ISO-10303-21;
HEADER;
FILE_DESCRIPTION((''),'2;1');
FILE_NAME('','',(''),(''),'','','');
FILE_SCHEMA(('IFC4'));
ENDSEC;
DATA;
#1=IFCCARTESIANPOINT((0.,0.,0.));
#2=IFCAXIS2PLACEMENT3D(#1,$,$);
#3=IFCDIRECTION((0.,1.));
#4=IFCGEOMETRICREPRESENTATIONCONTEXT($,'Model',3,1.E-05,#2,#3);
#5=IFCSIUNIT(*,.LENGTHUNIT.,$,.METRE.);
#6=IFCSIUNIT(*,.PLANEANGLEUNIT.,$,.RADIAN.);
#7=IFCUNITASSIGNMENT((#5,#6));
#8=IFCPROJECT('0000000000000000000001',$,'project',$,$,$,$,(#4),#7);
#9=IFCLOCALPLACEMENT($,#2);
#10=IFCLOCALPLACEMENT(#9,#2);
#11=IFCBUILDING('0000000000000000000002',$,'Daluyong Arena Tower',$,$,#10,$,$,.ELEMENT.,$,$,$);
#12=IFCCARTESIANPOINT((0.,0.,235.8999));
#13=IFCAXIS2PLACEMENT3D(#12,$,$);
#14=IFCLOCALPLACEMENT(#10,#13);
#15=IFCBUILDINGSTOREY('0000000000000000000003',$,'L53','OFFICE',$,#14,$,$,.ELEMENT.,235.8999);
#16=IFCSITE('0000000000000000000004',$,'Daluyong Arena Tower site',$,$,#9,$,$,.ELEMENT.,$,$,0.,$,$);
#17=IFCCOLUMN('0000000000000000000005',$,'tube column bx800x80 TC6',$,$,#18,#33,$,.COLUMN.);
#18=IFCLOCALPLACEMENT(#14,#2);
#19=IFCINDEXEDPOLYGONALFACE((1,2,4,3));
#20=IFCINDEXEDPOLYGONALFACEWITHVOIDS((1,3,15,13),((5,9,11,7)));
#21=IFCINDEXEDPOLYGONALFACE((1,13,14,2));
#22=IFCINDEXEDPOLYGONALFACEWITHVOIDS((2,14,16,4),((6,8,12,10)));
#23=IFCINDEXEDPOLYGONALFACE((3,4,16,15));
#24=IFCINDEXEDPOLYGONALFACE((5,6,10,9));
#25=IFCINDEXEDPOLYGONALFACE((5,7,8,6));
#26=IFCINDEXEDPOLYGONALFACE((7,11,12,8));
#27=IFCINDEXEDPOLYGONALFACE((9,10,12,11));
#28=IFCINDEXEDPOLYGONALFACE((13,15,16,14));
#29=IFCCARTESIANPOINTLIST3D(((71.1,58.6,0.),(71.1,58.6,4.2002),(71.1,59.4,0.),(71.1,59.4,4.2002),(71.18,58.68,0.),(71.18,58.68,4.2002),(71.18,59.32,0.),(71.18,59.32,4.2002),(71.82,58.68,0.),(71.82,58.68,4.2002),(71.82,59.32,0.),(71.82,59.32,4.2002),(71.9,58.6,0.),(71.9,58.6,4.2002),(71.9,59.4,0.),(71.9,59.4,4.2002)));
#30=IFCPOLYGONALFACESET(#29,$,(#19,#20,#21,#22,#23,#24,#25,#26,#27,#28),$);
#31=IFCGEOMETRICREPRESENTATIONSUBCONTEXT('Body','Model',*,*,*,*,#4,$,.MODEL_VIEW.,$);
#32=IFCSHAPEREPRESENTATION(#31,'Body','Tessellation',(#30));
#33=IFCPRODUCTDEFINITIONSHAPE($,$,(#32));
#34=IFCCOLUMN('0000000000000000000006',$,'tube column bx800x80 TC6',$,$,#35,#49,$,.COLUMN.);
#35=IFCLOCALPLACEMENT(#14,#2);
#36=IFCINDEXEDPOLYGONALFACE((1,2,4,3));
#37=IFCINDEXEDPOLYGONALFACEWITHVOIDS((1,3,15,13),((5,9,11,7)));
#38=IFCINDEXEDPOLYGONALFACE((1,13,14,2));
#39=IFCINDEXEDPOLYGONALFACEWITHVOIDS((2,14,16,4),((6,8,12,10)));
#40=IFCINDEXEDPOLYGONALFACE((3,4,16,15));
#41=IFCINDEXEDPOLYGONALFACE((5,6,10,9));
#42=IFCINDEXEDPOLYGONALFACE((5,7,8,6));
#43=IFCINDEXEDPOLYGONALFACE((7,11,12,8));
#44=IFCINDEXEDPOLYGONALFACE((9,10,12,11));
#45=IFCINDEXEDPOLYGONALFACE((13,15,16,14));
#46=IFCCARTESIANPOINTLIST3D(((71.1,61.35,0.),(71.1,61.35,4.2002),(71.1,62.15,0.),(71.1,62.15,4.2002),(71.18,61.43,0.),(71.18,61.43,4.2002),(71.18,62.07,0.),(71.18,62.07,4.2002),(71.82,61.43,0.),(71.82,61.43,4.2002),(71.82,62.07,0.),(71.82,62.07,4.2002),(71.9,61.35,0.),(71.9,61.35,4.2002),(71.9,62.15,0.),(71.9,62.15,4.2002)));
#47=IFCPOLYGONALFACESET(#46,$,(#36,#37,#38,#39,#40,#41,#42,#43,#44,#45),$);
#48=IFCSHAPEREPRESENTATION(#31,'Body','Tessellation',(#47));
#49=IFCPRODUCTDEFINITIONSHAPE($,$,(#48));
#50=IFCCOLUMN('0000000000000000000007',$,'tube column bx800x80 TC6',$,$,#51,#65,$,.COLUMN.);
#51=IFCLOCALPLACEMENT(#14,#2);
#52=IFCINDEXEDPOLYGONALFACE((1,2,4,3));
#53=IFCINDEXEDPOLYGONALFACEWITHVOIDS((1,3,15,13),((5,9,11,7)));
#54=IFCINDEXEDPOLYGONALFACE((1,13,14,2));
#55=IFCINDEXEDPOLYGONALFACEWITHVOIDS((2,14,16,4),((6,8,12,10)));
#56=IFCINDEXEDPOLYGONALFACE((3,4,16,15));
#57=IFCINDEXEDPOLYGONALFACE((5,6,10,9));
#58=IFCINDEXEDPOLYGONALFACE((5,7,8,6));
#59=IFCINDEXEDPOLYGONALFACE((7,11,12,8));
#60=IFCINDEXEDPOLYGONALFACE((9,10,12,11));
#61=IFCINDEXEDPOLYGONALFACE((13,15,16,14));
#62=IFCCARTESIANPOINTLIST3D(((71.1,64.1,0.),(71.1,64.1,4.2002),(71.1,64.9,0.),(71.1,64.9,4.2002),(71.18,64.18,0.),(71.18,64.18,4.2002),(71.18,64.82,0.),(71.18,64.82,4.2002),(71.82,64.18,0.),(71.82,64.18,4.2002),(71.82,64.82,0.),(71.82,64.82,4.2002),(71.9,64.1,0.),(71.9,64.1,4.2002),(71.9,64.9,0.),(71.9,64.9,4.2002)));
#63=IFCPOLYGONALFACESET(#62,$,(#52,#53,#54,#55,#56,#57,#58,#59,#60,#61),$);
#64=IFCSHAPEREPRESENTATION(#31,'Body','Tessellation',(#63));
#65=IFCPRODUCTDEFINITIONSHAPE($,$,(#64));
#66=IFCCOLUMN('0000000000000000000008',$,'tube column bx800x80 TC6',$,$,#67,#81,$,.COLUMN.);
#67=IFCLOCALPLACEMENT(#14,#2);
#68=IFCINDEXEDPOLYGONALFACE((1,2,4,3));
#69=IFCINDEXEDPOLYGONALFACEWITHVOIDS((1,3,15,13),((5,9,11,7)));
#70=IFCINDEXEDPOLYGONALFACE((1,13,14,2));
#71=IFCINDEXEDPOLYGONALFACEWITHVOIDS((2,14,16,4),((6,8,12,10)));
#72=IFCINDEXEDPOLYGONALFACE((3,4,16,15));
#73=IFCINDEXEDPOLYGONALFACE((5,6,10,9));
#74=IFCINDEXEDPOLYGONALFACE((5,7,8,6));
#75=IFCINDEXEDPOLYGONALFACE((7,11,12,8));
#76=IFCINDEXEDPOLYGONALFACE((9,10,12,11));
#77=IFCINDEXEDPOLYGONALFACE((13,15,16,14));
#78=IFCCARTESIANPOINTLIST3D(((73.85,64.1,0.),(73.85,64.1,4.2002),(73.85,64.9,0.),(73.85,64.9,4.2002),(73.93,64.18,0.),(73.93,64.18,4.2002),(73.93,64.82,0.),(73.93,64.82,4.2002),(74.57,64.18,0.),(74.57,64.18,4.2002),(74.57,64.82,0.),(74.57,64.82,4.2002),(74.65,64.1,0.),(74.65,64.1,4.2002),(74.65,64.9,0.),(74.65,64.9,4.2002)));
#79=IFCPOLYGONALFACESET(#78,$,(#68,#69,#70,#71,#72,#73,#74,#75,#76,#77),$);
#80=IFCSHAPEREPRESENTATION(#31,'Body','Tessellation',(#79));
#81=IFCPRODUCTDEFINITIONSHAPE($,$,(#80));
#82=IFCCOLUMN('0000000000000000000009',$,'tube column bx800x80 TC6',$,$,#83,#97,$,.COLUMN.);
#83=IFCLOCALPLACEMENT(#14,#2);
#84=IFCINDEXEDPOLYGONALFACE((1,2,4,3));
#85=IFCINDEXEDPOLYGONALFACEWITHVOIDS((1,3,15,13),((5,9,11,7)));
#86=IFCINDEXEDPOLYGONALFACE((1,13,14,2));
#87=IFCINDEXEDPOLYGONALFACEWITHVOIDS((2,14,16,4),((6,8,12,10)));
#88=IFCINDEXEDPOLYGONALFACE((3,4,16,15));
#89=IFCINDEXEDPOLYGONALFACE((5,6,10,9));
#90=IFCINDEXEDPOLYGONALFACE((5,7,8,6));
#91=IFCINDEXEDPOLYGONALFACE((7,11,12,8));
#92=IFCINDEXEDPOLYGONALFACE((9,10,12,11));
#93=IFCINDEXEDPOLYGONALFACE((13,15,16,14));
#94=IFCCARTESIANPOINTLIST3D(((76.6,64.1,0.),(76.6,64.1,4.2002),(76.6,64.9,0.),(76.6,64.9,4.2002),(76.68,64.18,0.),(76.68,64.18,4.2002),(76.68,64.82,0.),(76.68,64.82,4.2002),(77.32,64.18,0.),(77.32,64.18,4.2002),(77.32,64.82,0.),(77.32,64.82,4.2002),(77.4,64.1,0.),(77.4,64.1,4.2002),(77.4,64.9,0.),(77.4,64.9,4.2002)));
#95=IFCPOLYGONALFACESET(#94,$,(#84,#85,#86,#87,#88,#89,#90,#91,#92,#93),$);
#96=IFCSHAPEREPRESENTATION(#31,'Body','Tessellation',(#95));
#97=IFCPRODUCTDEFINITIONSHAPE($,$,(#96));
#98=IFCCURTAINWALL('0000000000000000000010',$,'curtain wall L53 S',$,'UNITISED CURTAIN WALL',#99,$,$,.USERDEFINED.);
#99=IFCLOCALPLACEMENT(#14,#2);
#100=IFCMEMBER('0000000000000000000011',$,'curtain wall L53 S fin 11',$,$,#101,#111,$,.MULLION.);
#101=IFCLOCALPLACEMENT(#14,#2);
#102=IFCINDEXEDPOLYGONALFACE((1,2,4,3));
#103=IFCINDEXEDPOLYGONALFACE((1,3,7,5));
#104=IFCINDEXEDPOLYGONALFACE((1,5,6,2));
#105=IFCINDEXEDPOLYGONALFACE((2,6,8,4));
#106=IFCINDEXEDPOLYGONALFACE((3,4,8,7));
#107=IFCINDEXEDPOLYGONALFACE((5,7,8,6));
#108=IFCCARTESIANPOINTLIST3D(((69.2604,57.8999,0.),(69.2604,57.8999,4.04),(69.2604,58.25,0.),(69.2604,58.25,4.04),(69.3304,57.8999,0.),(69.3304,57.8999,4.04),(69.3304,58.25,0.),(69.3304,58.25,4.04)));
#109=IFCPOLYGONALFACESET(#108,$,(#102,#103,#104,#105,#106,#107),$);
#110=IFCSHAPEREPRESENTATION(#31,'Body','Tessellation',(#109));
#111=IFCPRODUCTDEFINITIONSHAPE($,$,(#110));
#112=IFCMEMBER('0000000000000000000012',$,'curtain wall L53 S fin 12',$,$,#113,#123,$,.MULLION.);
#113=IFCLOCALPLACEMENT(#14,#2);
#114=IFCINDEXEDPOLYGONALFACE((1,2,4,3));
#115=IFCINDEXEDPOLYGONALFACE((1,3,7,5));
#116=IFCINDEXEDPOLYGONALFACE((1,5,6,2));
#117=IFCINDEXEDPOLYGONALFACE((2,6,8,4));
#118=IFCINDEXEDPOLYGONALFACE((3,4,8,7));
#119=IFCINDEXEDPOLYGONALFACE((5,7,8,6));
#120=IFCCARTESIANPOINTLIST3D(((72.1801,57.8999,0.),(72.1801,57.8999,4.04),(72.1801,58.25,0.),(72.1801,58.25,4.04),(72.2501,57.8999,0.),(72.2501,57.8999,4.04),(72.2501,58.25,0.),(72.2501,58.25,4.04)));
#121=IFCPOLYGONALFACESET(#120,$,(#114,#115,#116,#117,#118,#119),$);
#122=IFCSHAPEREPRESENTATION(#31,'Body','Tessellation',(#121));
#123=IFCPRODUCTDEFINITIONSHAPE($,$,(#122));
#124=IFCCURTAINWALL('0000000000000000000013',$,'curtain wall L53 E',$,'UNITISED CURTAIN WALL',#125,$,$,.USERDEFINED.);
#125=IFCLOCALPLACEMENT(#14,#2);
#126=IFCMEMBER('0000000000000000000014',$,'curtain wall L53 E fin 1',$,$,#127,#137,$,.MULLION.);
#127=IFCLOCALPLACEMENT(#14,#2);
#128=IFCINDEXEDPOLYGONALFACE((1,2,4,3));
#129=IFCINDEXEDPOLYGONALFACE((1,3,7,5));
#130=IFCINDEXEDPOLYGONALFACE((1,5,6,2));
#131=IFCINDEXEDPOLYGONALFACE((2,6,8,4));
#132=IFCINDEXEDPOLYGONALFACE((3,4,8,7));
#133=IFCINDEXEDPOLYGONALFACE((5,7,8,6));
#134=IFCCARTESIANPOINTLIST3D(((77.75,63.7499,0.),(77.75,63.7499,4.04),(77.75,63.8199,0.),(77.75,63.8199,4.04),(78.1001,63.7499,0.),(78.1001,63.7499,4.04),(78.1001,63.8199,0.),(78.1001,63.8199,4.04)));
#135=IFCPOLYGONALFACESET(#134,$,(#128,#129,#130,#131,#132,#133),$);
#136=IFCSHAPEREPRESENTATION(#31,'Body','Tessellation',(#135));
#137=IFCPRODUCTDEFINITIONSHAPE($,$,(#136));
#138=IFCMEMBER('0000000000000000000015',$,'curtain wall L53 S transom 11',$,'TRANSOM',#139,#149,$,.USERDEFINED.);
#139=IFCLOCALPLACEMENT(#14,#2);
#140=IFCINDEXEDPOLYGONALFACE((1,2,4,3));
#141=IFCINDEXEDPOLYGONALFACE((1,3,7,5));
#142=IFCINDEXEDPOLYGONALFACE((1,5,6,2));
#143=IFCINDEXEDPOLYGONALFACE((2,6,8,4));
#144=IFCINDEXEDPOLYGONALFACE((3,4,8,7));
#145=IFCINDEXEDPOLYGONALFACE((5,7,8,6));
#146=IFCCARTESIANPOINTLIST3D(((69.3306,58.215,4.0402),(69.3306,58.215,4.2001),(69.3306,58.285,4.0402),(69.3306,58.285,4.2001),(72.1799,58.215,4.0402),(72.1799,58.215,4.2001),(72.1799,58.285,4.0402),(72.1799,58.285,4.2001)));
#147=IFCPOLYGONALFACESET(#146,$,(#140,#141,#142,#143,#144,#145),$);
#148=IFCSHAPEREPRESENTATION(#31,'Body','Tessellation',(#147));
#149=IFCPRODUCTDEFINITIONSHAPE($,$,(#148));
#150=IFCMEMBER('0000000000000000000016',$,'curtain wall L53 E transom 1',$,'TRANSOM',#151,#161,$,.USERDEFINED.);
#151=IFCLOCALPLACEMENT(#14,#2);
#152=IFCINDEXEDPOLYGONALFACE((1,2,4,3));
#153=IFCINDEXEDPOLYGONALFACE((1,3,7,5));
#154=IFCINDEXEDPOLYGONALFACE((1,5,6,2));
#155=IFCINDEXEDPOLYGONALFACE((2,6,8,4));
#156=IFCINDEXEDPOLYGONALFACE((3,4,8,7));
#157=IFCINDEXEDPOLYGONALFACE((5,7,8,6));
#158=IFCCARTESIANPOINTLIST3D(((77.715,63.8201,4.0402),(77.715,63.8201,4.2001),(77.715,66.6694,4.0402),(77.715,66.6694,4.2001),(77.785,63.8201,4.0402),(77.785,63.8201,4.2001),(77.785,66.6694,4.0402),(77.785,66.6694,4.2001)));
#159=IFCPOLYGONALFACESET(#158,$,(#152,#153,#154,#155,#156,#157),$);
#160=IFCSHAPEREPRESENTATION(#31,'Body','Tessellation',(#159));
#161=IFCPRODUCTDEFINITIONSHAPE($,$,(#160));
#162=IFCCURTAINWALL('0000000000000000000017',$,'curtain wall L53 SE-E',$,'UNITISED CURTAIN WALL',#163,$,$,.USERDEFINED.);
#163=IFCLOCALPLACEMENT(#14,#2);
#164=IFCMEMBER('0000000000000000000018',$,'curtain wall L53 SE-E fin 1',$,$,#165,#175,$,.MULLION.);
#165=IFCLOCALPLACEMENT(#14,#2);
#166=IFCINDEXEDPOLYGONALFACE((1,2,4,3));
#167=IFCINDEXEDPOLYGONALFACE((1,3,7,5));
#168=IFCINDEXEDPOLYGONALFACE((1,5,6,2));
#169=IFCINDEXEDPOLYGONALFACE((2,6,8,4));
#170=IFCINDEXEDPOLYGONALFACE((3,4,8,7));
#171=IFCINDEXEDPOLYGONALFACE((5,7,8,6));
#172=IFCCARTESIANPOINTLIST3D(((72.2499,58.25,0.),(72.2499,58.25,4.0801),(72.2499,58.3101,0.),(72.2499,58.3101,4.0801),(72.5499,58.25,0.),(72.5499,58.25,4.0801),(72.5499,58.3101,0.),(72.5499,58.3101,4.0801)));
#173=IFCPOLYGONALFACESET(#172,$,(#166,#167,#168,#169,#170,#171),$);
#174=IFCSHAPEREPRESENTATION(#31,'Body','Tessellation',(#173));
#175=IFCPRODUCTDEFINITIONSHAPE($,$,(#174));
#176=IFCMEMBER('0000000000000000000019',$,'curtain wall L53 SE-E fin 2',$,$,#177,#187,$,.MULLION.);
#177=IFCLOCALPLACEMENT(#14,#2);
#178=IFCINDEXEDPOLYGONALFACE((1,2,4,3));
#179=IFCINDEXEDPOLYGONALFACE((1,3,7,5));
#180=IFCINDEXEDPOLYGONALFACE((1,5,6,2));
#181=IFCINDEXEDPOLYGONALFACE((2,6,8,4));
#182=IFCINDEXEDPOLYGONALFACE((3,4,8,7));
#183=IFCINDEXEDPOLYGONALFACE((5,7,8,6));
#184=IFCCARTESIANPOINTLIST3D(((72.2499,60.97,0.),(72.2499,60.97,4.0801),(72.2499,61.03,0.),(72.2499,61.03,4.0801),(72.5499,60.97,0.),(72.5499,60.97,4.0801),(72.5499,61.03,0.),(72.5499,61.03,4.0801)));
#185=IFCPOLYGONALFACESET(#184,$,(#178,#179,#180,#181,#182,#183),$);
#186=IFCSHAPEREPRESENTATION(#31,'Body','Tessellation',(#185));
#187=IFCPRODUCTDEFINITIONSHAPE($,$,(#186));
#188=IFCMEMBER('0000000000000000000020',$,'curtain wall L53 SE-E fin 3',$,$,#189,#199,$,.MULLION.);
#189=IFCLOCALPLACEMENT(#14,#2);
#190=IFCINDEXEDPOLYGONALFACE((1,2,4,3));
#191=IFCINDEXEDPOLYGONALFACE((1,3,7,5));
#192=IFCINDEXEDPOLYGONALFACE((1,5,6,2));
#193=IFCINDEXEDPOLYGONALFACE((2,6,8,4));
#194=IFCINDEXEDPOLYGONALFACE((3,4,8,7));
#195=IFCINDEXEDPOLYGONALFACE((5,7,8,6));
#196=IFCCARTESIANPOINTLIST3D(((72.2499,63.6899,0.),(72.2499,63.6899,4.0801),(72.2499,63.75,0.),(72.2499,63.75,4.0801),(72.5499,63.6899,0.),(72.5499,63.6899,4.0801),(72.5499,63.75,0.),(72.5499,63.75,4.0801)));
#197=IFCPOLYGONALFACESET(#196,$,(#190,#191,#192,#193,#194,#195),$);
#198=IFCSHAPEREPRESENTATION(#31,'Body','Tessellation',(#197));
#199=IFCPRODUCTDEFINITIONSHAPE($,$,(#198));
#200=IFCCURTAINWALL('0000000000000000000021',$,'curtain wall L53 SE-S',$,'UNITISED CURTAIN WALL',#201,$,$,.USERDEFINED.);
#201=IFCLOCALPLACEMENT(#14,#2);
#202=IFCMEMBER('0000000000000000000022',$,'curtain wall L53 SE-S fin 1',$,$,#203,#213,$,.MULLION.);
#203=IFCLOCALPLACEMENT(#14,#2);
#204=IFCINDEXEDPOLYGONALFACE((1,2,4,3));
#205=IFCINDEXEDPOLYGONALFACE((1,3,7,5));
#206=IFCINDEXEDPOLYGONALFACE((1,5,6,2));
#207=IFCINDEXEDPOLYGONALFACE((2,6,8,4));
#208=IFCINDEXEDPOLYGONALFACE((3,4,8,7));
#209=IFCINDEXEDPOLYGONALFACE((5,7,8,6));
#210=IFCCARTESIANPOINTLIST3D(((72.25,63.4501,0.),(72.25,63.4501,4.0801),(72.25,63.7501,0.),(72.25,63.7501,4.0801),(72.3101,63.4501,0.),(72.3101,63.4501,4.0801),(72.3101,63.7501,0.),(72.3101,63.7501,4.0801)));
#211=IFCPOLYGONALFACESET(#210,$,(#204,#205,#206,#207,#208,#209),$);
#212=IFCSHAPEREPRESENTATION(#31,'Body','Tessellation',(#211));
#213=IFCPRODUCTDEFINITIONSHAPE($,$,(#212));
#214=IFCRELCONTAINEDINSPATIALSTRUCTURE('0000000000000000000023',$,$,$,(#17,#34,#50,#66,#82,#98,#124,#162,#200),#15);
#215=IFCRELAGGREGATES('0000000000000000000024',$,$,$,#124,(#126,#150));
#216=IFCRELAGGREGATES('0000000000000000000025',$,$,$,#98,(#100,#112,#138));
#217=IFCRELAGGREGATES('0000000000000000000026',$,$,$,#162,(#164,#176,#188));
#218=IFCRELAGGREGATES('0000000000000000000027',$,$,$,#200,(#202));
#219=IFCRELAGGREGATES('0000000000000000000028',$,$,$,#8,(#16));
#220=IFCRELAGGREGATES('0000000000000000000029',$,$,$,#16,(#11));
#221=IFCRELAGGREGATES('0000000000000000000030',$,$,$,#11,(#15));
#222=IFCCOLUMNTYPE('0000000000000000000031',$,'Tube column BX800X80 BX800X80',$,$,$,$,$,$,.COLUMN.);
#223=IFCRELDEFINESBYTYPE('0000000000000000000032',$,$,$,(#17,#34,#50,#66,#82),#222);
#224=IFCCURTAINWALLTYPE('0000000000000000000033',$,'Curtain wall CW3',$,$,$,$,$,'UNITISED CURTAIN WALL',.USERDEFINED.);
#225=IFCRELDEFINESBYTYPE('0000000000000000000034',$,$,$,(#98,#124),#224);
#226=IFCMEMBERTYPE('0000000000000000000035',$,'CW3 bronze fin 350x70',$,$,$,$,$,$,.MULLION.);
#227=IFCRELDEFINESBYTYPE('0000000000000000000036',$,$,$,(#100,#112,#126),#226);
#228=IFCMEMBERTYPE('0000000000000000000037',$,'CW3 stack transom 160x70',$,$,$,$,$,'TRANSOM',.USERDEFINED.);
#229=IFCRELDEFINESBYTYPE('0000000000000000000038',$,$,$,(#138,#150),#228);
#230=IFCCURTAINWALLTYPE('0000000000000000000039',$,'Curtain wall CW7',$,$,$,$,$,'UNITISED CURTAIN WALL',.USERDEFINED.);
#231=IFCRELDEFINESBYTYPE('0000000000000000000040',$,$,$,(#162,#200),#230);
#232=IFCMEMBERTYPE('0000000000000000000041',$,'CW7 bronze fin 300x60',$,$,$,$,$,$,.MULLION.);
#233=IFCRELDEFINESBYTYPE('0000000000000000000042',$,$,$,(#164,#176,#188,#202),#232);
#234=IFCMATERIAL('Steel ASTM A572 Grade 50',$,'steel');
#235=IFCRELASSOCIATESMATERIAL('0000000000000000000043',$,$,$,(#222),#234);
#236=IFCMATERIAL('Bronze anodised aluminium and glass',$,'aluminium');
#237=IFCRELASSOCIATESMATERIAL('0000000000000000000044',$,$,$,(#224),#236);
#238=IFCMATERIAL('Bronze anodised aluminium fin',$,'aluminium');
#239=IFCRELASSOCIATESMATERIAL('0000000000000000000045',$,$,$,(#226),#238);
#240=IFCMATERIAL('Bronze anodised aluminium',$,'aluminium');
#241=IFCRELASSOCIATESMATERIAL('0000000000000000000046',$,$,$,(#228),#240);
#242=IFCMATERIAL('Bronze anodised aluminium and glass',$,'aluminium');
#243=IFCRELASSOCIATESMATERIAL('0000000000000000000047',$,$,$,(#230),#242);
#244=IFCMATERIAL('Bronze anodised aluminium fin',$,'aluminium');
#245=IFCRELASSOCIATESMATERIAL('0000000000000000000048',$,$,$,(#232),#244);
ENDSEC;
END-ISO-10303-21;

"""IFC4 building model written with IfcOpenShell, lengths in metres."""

from ifc_helpers import new_model, si_unit, direction, frame, origin, origin_2d, place, context, subcontext, project, spatial, rectangle, hollow_rectangle, extrude, material, material_profile, profile_set, type_object, element, aggregate, save


model = new_model("IFC4")

# Units and contexts
model_context = context("Model", 3, precision=1e-05, world=origin(), true_north=direction((0.0, 1.0)))
body_context = subcontext(model_context, "Body", "Model", "MODEL_VIEW")
ifc_project = project(units=[si_unit("LENGTHUNIT", "METRE"), si_unit("PLANEANGLEUNIT", "RADIAN")], contexts=[model_context])

# Site, building, storey
site_placement = place(None, origin())
site = spatial("IfcSite", under=ifc_project, at=site_placement, Name="Daluyong Arena Tower site", CompositionType="ELEMENT", RefElevation=0.0)
building_placement = place(site_placement, origin())
building = spatial("IfcBuilding", under=site, at=building_placement, Name="Daluyong Arena Tower", CompositionType="ELEMENT")
storey_placement = place(building_placement, frame((0.0, 0.0, 235.8999)))
storey = spatial("IfcBuildingStorey", under=building, at=storey_placement, Name="L53", Description="OFFICE", CompositionType="ELEMENT", Elevation=235.8999)

# Columns
ifc_material_1 = material(Name="Steel ASTM A572 Grade 50", Category="steel")
ifc_material_profile_1 = material_profile(ifc_material_1, hollow_rectangle(XDim=0.8, YDim=0.8, WallThickness=0.08, at=origin_2d()))
ifc_profile_set_1 = profile_set([ifc_material_profile_1], Name="Steel ASTM A572 Grade 50")
column_type = type_object("IfcColumnType", Name="Tube column BX800X80 BX800X80", PredefinedType="COLUMN", material=ifc_profile_set_1)
for number, where, z_axis, x_axis, name in (
    (1, (71.5, 59.0, 0.0), (0.0, 0.0, 1.0), (0.0, 1.0, 0.0), "tube column bx800x80 TC6"),
    (2, (71.5, 61.75, 0.0), (0.0, 0.0, 1.0), (0.0, 1.0, 0.0), "tube column bx800x80 TC6"),
    (3, (71.5, 64.5, 0.0), (0.0, 0.0, 1.0), (1.0, 0.0, 0.0), "tube column bx800x80 TC6"),
    (4, (74.25, 64.5, 0.0), (0.0, 0.0, 1.0), (1.0, 0.0, 0.0), "tube column bx800x80 TC6"),
    (5, (77.0, 64.5, 0.0), (0.0, 0.0, 1.0), (0.0, 1.0, 0.0), "tube column bx800x80 TC6"),
):
    element("IfcColumn", number, at=place(storey_placement, frame(where, z_axis=z_axis, x_axis=x_axis)), inside=storey, type_object=column_type, Name=name, PredefinedType="COLUMN", context=body_context, shape_type="SweptSolid", body=[
        extrude(hollow_rectangle(XDim=0.8, YDim=0.8, WallThickness=0.08, at=origin_2d()), origin(), (0.0, 0.0, 1.0), 4.2002),
    ])

# Curtain wall, members
ifc_material_2 = material(Name="Bronze anodised aluminium and glass", Category="aluminium")
curtain_wall_type_1 = type_object("IfcCurtainWallType", Name="Curtain wall CW3", ElementType="UNITISED CURTAIN WALL", PredefinedType="USERDEFINED", material=ifc_material_2)
curtain_wall_1_placement = place(storey_placement, origin())
curtain_wall_1 = element("IfcCurtainWall", 6, at=curtain_wall_1_placement, inside=storey, type_object=curtain_wall_type_1, Name="curtain wall L53 S", ObjectType="UNITISED CURTAIN WALL", PredefinedType="USERDEFINED")
ifc_material_3 = material(Name="Bronze anodised aluminium fin", Category="aluminium")
ifc_material_profile_2 = material_profile(ifc_material_3, rectangle(XDim=0.3501, YDim=0.0701, at=origin_2d()))
ifc_profile_set_2 = profile_set([ifc_material_profile_2], Name="Bronze anodised aluminium fin")
member_type_1 = type_object("IfcMemberType", Name="CW3 bronze fin 350x70", PredefinedType="MULLION", material=ifc_profile_set_2)
member_1_placement = place(storey_placement, frame((69.2954, 58.075, 0.0), z_axis=(0.0, 0.0, 1.0), x_axis=(0.0, 1.0, 0.0)))
member_1 = element("IfcMember", 7, at=member_1_placement, type_object=member_type_1, Name="curtain wall L53 S fin 11", PredefinedType="MULLION", context=body_context, shape_type="SweptSolid", body=[
    extrude(rectangle(XDim=0.3501, YDim=0.0701, at=origin_2d()), origin(), (0.0, 0.0, 1.0), 4.04),
])
member_2_placement = place(storey_placement, frame((72.2151, 58.075, 0.0), z_axis=(0.0, 0.0, 1.0), x_axis=(0.0, 1.0, 0.0)))
member_2 = element("IfcMember", 8, at=member_2_placement, type_object=member_type_1, Name="curtain wall L53 S fin 12", PredefinedType="MULLION", context=body_context, shape_type="SweptSolid", body=[
    extrude(rectangle(XDim=0.3501, YDim=0.0701, at=origin_2d()), origin(), (0.0, 0.0, 1.0), 4.04),
])

# Curtain wall, member
curtain_wall_2_placement = place(storey_placement, origin())
curtain_wall_2 = element("IfcCurtainWall", 9, at=curtain_wall_2_placement, inside=storey, type_object=curtain_wall_type_1, Name="curtain wall L53 E", ObjectType="UNITISED CURTAIN WALL", PredefinedType="USERDEFINED")
member_3_placement = place(storey_placement, frame((77.925, 63.7849, 0.0), z_axis=(0.0, 0.0, 1.0), x_axis=(-1.0, 0.0, 0.0)))
member_3 = element("IfcMember", 10, at=member_3_placement, type_object=member_type_1, Name="curtain wall L53 E fin 1", PredefinedType="MULLION", context=body_context, shape_type="SweptSolid", body=[
    extrude(rectangle(XDim=0.3501, YDim=0.0701, at=origin_2d()), origin(), (0.0, 0.0, 1.0), 4.04),
])

# Members
ifc_material_4 = material(Name="Bronze anodised aluminium", Category="aluminium")
ifc_material_profile_3 = material_profile(ifc_material_4, rectangle(XDim=0.0701, YDim=0.1599, at=origin_2d()))
ifc_profile_set_3 = profile_set([ifc_material_profile_3], Name="Bronze anodised aluminium")
member_type_2 = type_object("IfcMemberType", Name="CW3 stack transom 160x70", ElementType="TRANSOM", PredefinedType="USERDEFINED", material=ifc_profile_set_3)
member_4_placement = place(storey_placement, frame((69.3306, 58.25, 4.1201), z_axis=(1.0, 0.0, 0.0), x_axis=(0.0, 1.0, 0.0)))
member_4 = element("IfcMember", 11, at=member_4_placement, type_object=member_type_2, Name="curtain wall L53 S transom 11", ObjectType="TRANSOM", PredefinedType="USERDEFINED", context=body_context, shape_type="SweptSolid", body=[
    extrude(rectangle(XDim=0.0701, YDim=0.1599, at=origin_2d()), origin(), (0.0, 0.0, 1.0), 2.8494),
])
member_5_placement = place(storey_placement, frame((77.75, 63.8201, 4.1201), z_axis=(0.0, 1.0, 0.0), x_axis=(-1.0, 0.0, 0.0)))
member_5 = element("IfcMember", 12, at=member_5_placement, type_object=member_type_2, Name="curtain wall L53 E transom 1", ObjectType="TRANSOM", PredefinedType="USERDEFINED", context=body_context, shape_type="SweptSolid", body=[
    extrude(rectangle(XDim=0.0701, YDim=0.1599, at=origin_2d()), origin(), (0.0, 0.0, 1.0), 2.8494),
])
aggregate(curtain_wall_2, [member_3, member_5])

# Curtain walls, members
ifc_material_5 = material(Name="Bronze anodised aluminium and glass", Category="aluminium")
curtain_wall_type_2 = type_object("IfcCurtainWallType", Name="Curtain wall CW7", ElementType="UNITISED CURTAIN WALL", PredefinedType="USERDEFINED", material=ifc_material_5)
curtain_wall_3_placement = place(storey_placement, origin())
curtain_wall_3 = element("IfcCurtainWall", 13, at=curtain_wall_3_placement, inside=storey, type_object=curtain_wall_type_2, Name="curtain wall L53 SE-E", ObjectType="UNITISED CURTAIN WALL", PredefinedType="USERDEFINED")
ifc_material_6 = material(Name="Bronze anodised aluminium fin", Category="aluminium")
ifc_material_profile_4 = material_profile(ifc_material_6, rectangle(XDim=0.3, YDim=0.0601, at=origin_2d()))
ifc_profile_set_4 = profile_set([ifc_material_profile_4], Name="Bronze anodised aluminium fin")
member_type_3 = type_object("IfcMemberType", Name="CW7 bronze fin 300x60", PredefinedType="MULLION", material=ifc_profile_set_4)
member_6_placement = place(storey_placement, frame((72.3999, 58.28, 0.0), z_axis=(0.0, 0.0, 1.0), x_axis=(-1.0, 0.0, 0.0)))
member_6 = element("IfcMember", 14, at=member_6_placement, type_object=member_type_3, Name="curtain wall L53 SE-E fin 1", PredefinedType="MULLION", context=body_context, shape_type="SweptSolid", body=[
    extrude(rectangle(XDim=0.3, YDim=0.0601, at=origin_2d()), origin(), (0.0, 0.0, 1.0), 4.0801),
])
member_7_placement = place(storey_placement, frame((72.3999, 61.0, 0.0), z_axis=(0.0, 0.0, 1.0), x_axis=(-1.0, 0.0, 0.0)))
member_7 = element("IfcMember", 15, at=member_7_placement, type_object=member_type_3, Name="curtain wall L53 SE-E fin 2", PredefinedType="MULLION", context=body_context, shape_type="SweptSolid", body=[
    extrude(rectangle(XDim=0.3, YDim=0.0601, at=origin_2d()), origin(), (0.0, 0.0, 1.0), 4.0801),
])
member_8_placement = place(storey_placement, frame((72.3999, 63.72, 0.0), z_axis=(0.0, 0.0, 1.0), x_axis=(-1.0, 0.0, 0.0)))
member_8 = element("IfcMember", 16, at=member_8_placement, type_object=member_type_3, Name="curtain wall L53 SE-E fin 3", PredefinedType="MULLION", context=body_context, shape_type="SweptSolid", body=[
    extrude(rectangle(XDim=0.3, YDim=0.0601, at=origin_2d()), origin(), (0.0, 0.0, 1.0), 4.0801),
])
curtain_wall_4_placement = place(storey_placement, origin())
curtain_wall_4 = element("IfcCurtainWall", 17, at=curtain_wall_4_placement, inside=storey, type_object=curtain_wall_type_2, Name="curtain wall L53 SE-S", ObjectType="UNITISED CURTAIN WALL", PredefinedType="USERDEFINED")
member_9_placement = place(storey_placement, frame((72.28, 63.6001, 0.0), z_axis=(0.0, 0.0, 1.0), x_axis=(0.0, 1.0, 0.0)))
member_9 = element("IfcMember", 18, at=member_9_placement, type_object=member_type_3, Name="curtain wall L53 SE-S fin 1", PredefinedType="MULLION", context=body_context, shape_type="SweptSolid", body=[
    extrude(rectangle(XDim=0.3, YDim=0.0601, at=origin_2d()), origin(), (0.0, 0.0, 1.0), 4.0801),
])

aggregate(curtain_wall_1, [member_1, member_2, member_4])
aggregate(curtain_wall_3, [member_6, member_7, member_8])
aggregate(curtain_wall_4, [member_9])

save(model, "model.ifc")
